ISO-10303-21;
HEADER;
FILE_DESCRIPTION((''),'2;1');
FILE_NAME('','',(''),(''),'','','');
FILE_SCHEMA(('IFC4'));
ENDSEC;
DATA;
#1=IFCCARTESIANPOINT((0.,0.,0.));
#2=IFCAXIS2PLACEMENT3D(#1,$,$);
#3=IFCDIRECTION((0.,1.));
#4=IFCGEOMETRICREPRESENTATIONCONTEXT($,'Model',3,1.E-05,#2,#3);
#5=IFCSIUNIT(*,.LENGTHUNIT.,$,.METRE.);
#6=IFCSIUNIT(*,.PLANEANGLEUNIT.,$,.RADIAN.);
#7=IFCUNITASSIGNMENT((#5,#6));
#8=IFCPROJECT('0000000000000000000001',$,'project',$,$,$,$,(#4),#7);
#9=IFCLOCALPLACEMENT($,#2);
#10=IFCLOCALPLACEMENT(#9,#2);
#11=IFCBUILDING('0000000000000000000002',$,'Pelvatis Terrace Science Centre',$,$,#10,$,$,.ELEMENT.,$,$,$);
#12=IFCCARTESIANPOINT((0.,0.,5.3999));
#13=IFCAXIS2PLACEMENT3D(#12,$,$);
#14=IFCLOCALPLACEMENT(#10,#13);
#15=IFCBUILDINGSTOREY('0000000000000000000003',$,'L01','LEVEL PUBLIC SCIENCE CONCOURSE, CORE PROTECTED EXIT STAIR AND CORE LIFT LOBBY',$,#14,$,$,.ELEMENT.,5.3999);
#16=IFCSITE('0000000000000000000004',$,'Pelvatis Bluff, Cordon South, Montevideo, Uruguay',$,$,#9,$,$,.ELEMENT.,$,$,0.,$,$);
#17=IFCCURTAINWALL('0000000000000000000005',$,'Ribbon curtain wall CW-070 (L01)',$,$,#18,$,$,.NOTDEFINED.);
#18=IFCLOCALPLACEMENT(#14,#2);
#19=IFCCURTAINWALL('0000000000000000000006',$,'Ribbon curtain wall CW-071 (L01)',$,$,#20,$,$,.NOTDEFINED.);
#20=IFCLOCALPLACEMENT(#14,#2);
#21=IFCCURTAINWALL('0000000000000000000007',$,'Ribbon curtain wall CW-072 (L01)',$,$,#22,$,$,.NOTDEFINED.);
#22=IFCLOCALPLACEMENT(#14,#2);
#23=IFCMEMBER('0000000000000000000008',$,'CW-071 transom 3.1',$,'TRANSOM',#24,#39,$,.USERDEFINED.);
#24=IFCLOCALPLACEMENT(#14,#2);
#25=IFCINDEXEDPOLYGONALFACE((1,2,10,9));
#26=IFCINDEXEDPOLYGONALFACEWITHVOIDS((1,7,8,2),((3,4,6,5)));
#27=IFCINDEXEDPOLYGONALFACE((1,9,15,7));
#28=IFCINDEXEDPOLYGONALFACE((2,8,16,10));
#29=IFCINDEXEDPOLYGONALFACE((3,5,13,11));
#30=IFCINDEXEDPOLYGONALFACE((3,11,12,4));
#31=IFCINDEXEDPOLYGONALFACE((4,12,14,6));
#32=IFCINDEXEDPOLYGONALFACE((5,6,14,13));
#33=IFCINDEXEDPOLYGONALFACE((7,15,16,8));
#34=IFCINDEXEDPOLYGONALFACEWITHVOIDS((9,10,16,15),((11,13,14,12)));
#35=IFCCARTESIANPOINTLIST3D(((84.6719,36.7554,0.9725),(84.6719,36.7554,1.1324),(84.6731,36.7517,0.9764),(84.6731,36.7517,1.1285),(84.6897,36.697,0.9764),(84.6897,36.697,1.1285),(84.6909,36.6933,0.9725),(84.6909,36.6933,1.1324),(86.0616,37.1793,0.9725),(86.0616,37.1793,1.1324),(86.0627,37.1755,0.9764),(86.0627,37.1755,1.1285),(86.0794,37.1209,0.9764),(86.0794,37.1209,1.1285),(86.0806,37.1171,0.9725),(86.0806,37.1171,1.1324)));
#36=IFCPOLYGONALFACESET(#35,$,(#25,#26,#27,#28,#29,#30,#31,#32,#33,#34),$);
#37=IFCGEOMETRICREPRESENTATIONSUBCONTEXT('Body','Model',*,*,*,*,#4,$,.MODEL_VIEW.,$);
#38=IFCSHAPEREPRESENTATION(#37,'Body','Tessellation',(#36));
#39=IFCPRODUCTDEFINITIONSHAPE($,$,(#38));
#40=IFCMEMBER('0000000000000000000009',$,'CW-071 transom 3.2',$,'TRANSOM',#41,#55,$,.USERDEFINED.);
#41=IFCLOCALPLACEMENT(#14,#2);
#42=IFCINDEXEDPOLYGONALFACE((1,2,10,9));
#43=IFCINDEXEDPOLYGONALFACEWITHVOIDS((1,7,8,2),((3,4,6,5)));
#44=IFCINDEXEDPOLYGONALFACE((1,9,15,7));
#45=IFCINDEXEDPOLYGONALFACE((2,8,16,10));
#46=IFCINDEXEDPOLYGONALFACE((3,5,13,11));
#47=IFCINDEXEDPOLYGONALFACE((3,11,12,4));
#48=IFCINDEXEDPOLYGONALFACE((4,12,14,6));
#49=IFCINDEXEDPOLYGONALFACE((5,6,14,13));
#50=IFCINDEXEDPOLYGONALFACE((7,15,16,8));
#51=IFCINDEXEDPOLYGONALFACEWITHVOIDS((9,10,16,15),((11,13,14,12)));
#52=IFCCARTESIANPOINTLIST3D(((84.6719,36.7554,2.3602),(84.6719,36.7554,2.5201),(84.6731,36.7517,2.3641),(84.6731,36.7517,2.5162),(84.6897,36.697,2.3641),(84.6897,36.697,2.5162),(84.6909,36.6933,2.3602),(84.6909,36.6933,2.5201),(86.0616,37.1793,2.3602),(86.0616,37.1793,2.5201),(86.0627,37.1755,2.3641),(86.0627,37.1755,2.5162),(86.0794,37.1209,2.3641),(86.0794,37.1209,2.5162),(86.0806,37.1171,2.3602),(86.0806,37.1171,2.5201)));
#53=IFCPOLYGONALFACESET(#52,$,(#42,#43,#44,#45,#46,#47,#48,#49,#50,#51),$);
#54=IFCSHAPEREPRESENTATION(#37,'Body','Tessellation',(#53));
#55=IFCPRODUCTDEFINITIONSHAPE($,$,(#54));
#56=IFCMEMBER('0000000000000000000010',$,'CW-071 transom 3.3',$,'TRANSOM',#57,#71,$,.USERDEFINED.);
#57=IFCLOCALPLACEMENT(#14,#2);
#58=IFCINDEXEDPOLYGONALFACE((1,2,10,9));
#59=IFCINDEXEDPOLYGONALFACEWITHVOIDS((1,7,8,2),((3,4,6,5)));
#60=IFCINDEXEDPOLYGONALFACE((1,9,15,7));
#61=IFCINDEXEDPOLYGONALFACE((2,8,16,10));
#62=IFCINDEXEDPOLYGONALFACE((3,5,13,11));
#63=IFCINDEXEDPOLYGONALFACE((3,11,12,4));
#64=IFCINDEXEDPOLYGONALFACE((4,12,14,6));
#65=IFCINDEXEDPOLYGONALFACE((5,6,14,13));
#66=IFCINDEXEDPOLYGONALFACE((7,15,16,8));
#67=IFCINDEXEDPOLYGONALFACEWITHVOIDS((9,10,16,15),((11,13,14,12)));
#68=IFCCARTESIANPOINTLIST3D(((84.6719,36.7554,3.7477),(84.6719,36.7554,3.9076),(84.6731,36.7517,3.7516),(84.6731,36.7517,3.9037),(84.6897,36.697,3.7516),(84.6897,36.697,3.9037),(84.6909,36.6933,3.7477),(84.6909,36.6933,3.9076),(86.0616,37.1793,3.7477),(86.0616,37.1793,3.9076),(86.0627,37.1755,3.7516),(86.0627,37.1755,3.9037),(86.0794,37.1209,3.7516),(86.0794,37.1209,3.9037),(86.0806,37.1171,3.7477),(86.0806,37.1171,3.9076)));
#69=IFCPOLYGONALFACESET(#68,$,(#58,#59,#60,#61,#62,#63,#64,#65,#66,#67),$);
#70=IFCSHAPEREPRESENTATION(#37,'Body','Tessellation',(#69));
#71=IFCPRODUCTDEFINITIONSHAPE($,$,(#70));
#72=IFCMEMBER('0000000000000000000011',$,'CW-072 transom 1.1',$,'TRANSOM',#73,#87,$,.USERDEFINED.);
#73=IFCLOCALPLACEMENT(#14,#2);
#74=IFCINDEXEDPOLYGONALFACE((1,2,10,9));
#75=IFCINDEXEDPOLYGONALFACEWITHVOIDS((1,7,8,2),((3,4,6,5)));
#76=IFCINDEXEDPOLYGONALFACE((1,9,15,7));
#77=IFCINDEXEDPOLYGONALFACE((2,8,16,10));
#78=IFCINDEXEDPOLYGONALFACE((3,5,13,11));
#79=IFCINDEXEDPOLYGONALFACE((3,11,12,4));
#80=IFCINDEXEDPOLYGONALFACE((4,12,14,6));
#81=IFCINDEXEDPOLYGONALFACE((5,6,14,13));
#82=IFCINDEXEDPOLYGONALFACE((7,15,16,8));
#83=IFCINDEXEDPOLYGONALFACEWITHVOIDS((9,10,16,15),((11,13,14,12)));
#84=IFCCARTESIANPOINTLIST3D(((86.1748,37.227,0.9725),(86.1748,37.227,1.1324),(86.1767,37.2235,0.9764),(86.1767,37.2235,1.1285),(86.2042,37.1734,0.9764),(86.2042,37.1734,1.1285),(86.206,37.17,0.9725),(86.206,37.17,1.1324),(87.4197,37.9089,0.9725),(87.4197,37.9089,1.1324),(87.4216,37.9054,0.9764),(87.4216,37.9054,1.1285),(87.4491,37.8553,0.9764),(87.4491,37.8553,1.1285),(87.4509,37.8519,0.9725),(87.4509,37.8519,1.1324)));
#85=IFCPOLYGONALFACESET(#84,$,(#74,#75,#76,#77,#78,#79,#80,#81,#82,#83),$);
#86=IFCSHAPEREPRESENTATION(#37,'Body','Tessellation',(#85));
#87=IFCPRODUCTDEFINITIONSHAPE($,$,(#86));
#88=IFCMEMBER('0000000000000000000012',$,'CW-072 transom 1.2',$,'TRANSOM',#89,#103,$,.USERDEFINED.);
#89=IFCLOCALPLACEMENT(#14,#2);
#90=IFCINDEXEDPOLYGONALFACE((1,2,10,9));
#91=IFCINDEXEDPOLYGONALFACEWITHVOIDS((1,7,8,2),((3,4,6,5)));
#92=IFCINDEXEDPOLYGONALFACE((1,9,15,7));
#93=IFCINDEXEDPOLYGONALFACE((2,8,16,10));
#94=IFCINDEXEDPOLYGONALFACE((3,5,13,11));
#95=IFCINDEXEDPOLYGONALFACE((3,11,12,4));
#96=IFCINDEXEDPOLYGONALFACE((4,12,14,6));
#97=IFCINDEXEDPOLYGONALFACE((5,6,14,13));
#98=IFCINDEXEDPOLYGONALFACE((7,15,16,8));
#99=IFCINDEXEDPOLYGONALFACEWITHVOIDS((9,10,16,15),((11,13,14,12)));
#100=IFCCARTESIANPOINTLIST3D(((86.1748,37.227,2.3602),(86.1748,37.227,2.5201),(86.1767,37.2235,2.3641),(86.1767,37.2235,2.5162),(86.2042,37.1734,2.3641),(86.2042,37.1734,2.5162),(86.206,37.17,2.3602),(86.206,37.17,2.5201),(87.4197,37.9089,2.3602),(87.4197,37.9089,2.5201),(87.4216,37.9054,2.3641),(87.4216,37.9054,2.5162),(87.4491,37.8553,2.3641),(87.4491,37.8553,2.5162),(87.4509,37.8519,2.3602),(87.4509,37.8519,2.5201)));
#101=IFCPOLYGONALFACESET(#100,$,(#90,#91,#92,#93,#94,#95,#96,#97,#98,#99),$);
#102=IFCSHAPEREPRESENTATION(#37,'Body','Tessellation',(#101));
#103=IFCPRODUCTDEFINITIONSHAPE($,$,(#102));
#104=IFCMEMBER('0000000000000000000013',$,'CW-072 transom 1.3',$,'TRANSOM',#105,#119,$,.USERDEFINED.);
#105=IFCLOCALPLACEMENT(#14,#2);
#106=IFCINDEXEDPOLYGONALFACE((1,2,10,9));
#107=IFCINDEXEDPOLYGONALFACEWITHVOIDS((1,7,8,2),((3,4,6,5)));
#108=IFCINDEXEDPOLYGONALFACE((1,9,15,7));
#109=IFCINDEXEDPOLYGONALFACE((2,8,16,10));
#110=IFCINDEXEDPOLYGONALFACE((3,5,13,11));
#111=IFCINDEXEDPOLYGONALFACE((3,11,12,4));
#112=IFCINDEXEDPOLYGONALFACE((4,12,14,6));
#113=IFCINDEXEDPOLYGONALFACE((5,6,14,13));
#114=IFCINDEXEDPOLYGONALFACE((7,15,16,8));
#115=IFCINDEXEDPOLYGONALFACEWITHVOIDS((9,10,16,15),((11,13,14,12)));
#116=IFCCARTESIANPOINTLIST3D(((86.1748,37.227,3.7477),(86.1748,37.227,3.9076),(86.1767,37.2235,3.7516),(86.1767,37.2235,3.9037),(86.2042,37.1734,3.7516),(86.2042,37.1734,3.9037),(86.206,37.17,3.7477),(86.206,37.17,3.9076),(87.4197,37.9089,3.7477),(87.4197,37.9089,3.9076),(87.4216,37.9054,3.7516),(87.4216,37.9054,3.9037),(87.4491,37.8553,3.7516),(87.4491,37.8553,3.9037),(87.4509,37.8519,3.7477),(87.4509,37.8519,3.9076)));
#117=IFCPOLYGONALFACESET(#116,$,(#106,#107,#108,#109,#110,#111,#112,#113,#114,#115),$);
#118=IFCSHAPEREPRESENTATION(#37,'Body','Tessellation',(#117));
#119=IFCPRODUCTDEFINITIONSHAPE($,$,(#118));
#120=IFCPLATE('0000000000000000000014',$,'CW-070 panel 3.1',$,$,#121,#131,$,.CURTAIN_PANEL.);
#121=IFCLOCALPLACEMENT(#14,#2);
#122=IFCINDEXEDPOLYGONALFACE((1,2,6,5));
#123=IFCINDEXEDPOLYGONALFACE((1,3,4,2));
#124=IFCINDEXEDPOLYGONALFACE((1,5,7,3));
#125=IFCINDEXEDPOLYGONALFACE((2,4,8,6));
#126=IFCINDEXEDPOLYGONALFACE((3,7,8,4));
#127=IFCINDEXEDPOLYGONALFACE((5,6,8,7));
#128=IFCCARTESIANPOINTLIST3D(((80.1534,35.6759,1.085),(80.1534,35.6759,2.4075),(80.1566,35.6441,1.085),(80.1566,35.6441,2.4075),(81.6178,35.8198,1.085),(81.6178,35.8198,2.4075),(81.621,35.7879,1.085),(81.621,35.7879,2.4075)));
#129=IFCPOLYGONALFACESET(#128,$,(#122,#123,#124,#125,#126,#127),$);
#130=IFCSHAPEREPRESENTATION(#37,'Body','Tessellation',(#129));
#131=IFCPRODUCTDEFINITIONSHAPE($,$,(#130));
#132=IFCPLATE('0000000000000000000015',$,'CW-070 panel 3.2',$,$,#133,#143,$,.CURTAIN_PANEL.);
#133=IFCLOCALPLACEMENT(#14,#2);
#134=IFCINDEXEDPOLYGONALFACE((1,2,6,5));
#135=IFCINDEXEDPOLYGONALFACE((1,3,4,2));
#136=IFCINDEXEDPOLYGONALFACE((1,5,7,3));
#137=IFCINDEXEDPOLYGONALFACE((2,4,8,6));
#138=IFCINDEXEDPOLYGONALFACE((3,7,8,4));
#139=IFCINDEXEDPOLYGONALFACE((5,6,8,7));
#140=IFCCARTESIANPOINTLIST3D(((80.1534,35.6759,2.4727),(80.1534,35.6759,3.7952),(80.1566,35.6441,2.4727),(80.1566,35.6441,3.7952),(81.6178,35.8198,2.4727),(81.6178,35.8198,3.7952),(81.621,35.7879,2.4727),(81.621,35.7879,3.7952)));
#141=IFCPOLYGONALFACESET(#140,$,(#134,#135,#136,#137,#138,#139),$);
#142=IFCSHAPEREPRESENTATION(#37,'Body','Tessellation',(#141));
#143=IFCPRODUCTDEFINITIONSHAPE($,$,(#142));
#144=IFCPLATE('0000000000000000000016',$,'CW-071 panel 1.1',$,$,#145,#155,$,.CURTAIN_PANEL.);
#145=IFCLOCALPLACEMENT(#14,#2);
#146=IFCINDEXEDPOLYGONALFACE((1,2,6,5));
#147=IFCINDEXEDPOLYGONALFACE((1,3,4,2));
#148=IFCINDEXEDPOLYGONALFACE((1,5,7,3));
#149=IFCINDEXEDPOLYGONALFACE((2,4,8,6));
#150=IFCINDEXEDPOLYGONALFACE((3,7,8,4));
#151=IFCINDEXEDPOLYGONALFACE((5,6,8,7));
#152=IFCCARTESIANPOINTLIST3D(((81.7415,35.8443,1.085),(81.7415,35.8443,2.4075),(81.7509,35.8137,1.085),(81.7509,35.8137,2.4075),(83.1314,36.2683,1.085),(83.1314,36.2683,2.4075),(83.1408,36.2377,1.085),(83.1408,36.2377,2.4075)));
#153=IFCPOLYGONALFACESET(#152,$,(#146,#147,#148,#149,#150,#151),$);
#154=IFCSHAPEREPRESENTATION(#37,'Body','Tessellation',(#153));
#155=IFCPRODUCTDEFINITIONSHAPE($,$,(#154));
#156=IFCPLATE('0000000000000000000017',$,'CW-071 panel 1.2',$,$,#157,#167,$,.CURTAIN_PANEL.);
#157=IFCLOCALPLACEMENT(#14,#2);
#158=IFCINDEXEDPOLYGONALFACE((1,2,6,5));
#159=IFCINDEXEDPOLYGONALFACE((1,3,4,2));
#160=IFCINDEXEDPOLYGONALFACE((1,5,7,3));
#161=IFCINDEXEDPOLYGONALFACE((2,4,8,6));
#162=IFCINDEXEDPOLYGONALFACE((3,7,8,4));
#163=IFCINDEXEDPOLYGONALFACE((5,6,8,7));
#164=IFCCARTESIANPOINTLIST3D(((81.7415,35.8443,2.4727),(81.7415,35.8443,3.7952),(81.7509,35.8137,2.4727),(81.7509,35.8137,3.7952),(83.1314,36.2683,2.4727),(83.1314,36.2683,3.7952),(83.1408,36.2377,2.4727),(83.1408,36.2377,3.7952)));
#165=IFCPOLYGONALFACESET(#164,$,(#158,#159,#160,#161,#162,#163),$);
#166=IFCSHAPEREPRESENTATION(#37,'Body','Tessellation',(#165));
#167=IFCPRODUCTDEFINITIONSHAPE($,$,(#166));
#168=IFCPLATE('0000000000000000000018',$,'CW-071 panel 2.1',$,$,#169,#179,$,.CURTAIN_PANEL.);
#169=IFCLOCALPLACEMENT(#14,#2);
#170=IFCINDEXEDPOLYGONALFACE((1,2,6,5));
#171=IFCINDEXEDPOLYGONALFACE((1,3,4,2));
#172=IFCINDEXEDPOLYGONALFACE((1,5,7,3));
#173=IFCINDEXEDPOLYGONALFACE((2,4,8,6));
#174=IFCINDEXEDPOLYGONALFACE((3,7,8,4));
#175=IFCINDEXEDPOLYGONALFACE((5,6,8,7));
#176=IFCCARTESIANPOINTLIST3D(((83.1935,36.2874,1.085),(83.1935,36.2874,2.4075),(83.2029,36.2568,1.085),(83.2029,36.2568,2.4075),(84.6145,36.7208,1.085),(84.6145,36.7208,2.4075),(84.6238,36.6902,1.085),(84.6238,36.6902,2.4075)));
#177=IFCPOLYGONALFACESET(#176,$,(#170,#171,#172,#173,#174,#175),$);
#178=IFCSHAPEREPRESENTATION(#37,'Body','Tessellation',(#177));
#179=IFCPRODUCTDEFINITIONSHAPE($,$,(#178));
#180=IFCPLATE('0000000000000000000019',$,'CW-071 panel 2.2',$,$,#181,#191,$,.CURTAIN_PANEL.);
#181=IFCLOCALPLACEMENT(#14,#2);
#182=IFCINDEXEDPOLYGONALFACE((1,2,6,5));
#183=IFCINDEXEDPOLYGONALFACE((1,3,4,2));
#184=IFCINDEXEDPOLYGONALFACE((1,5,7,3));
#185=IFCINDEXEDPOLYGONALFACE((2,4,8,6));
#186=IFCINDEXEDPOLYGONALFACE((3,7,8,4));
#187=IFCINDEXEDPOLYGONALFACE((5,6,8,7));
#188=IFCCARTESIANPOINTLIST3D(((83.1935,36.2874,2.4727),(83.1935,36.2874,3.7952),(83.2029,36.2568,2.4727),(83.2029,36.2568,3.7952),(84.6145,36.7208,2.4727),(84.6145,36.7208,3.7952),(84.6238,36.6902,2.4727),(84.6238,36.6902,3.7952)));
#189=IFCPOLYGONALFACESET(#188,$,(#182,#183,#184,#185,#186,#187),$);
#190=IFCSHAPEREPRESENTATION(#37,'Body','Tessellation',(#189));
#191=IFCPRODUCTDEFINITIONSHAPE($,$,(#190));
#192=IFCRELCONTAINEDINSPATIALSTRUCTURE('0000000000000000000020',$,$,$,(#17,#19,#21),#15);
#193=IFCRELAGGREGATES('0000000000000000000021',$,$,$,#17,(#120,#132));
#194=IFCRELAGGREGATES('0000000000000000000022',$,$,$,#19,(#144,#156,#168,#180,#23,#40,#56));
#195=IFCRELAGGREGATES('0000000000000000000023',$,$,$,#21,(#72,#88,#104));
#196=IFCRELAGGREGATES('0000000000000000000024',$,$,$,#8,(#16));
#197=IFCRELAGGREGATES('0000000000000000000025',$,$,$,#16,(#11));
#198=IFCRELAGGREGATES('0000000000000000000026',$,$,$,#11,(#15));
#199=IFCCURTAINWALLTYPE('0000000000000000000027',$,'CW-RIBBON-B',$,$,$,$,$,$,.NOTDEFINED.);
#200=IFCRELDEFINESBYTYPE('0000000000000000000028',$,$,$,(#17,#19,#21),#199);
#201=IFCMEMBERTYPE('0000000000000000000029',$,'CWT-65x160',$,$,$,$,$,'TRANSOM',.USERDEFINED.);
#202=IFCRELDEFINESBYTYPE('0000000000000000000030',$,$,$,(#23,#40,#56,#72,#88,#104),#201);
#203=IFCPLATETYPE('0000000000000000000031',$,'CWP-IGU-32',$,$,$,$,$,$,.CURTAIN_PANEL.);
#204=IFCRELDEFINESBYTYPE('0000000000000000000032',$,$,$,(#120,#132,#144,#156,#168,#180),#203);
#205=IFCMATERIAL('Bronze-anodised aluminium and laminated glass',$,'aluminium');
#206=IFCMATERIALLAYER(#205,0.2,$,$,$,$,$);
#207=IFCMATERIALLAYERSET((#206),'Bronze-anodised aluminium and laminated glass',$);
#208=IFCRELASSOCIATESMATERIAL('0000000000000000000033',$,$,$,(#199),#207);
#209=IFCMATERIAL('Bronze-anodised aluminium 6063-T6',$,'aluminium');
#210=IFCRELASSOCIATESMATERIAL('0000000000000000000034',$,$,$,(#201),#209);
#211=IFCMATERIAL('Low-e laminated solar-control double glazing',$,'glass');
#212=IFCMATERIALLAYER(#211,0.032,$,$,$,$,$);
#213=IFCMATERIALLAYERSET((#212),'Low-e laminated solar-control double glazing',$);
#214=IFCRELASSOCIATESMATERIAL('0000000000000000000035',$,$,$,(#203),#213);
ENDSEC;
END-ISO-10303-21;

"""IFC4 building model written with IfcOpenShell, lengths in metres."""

from ifc_helpers import new_model, si_unit, direction, frame, origin, origin_2d, place, context, subcontext, project, spatial, rectangle, hollow_rectangle, extrude, material, layer, layer_set, material_profile, profile_set, type_object, element, aggregate, save


model = new_model("IFC4")

# Units and contexts
model_context = context("Model", 3, precision=1e-05, world=origin(), true_north=direction((0.0, 1.0)))
body_context = subcontext(model_context, "Body", "Model", "MODEL_VIEW")
ifc_project = project(units=[si_unit("LENGTHUNIT", "METRE"), si_unit("PLANEANGLEUNIT", "RADIAN")], contexts=[model_context])

# Site, building, storey
site_placement = place(None, origin())
site = spatial("IfcSite", under=ifc_project, at=site_placement, Name="Pelvatis Bluff, Cordon South, Montevideo, Uruguay", CompositionType="ELEMENT", RefElevation=0.0)
building_placement = place(site_placement, origin())
building = spatial("IfcBuilding", under=site, at=building_placement, Name="Pelvatis Terrace Science Centre", CompositionType="ELEMENT")
storey_placement = place(building_placement, frame((0.0, 0.0, 5.3999)))
storey = spatial("IfcBuildingStorey", under=building, at=storey_placement, Name="L01", Description="LEVEL PUBLIC SCIENCE CONCOURSE, CORE PROTECTED EXIT STAIR AND CORE LIFT LOBBY", CompositionType="ELEMENT", Elevation=5.3999)

# Curtain wall
ifc_material_1 = material(Name="Bronze-anodised aluminium and laminated glass", Category="aluminium")
ifc_layer_1 = layer(ifc_material_1, 0.2)
ifc_layer_set_1 = layer_set([ifc_layer_1], Name="Bronze-anodised aluminium and laminated glass")
curtain_wall_type = type_object("IfcCurtainWallType", Name="CW-RIBBON-B", PredefinedType="NOTDEFINED", material=ifc_layer_set_1)
curtain_wall_1_placement = place(storey_placement, origin())
curtain_wall_1 = element("IfcCurtainWall", 1, at=curtain_wall_1_placement, inside=storey, type_object=curtain_wall_type, Name="Ribbon curtain wall CW-070 (L01)", PredefinedType="NOTDEFINED")

# Curtain wall
curtain_wall_2_placement = place(storey_placement, origin())
curtain_wall_2 = element("IfcCurtainWall", 2, at=curtain_wall_2_placement, inside=storey, type_object=curtain_wall_type, Name="Ribbon curtain wall CW-071 (L01)", PredefinedType="NOTDEFINED")

# Curtain wall
curtain_wall_3_placement = place(storey_placement, origin())
curtain_wall_3 = element("IfcCurtainWall", 3, at=curtain_wall_3_placement, inside=storey, type_object=curtain_wall_type, Name="Ribbon curtain wall CW-072 (L01)", PredefinedType="NOTDEFINED")

# Members
ifc_material_2 = material(Name="Bronze-anodised aluminium 6063-T6", Category="aluminium")
ifc_material_profile_1 = material_profile(ifc_material_2, hollow_rectangle(XDim=0.0649, YDim=0.1599, WallThickness=0.0039, at=origin_2d()), Name="ALU-TRN 65x160")
ifc_profile_set_1 = profile_set([ifc_material_profile_1], Name="Bronze-anodised aluminium 6063-T6")
member_type_1 = type_object("IfcMemberType", Name="CWT-65x160", ElementType="TRANSOM", PredefinedType="USERDEFINED", material=ifc_profile_set_1)
member_1_placement = place(storey_placement, frame((84.6814, 36.7244, 1.0525), z_axis=(0.956503, 0.291723, 0.0), x_axis=(-0.291723, 0.956503, 0.0)))
member_1 = element("IfcMember", 4, at=member_1_placement, type_object=member_type_1, Name="CW-071 transom 3.1", ObjectType="TRANSOM", PredefinedType="USERDEFINED", context=body_context, shape_type="SweptSolid", body=[
    extrude(hollow_rectangle(XDim=0.0649, YDim=0.1599, WallThickness=0.0039, at=origin_2d()), origin(), (0.0, 0.0, 1.0), 1.4529),
])
member_2_placement = place(storey_placement, frame((84.6814, 36.7244, 2.4402), z_axis=(0.956503, 0.291723, 0.0), x_axis=(-0.291723, 0.956503, 0.0)))
member_2 = element("IfcMember", 5, at=member_2_placement, type_object=member_type_1, Name="CW-071 transom 3.2", ObjectType="TRANSOM", PredefinedType="USERDEFINED", context=body_context, shape_type="SweptSolid", body=[
    extrude(hollow_rectangle(XDim=0.0649, YDim=0.1599, WallThickness=0.0039, at=origin_2d()), origin(), (0.0, 0.0, 1.0), 1.4529),
])
member_3_placement = place(storey_placement, frame((84.6814, 36.7244, 3.8276), z_axis=(0.956503, 0.291723, 0.0), x_axis=(-0.291723, 0.956503, 0.0)))
member_3 = element("IfcMember", 6, at=member_3_placement, type_object=member_type_1, Name="CW-071 transom 3.3", ObjectType="TRANSOM", PredefinedType="USERDEFINED", context=body_context, shape_type="SweptSolid", body=[
    extrude(hollow_rectangle(XDim=0.0649, YDim=0.1599, WallThickness=0.0039, at=origin_2d()), origin(), (0.0, 0.0, 1.0), 1.4529),
])
member_4_placement = place(storey_placement, frame((86.1904, 37.1985, 1.0525), z_axis=(0.877046, 0.480406, 0.0), x_axis=(-0.480406, 0.877046, 0.0)))
member_4 = element("IfcMember", 7, at=member_4_placement, type_object=member_type_1, Name="CW-072 transom 1.1", ObjectType="TRANSOM", PredefinedType="USERDEFINED", context=body_context, shape_type="SweptSolid", body=[
    extrude(hollow_rectangle(XDim=0.0649, YDim=0.1599, WallThickness=0.0039, at=origin_2d()), origin(), (0.0, 0.0, 1.0), 1.4194),
])
member_5_placement = place(storey_placement, frame((86.1904, 37.1985, 2.4402), z_axis=(0.877046, 0.480406, 0.0), x_axis=(-0.480406, 0.877046, 0.0)))
member_5 = element("IfcMember", 8, at=member_5_placement, type_object=member_type_1, Name="CW-072 transom 1.2", ObjectType="TRANSOM", PredefinedType="USERDEFINED", context=body_context, shape_type="SweptSolid", body=[
    extrude(hollow_rectangle(XDim=0.0649, YDim=0.1599, WallThickness=0.0039, at=origin_2d()), origin(), (0.0, 0.0, 1.0), 1.4194),
])
member_6_placement = place(storey_placement, frame((86.1904, 37.1985, 3.8276), z_axis=(0.877046, 0.480406, 0.0), x_axis=(-0.480406, 0.877046, 0.0)))
member_6 = element("IfcMember", 9, at=member_6_placement, type_object=member_type_1, Name="CW-072 transom 1.3", ObjectType="TRANSOM", PredefinedType="USERDEFINED", context=body_context, shape_type="SweptSolid", body=[
    extrude(hollow_rectangle(XDim=0.0649, YDim=0.1599, WallThickness=0.0039, at=origin_2d()), origin(), (0.0, 0.0, 1.0), 1.4194),
])

# Plates
ifc_material_3 = material(Name="Low-e laminated solar-control double glazing", Category="glass")
ifc_layer_2 = layer(ifc_material_3, 0.032)
ifc_layer_set_2 = layer_set([ifc_layer_2], Name="Low-e laminated solar-control double glazing")
plate_type = type_object("IfcPlateType", Name="CWP-IGU-32", PredefinedType="CURTAIN_PANEL", material=ifc_layer_set_2)
plate_1_placement = place(storey_placement, frame((80.8872, 35.7319, 1.085), z_axis=(0.0, 0.0, 1.0), x_axis=(0.99521, 0.097755, 0.0)))
plate_1 = element("IfcPlate", 10, at=plate_1_placement, type_object=plate_type, Name="CW-070 panel 3.1", PredefinedType="CURTAIN_PANEL", context=body_context, shape_type="SweptSolid", body=[
    extrude(rectangle(XDim=1.4714, YDim=0.032, at=origin_2d()), origin(), (0.0, 0.0, 1.0), 1.3225),
])
plate_2_placement = place(storey_placement, frame((80.8872, 35.7319, 2.4727), z_axis=(0.0, 0.0, 1.0), x_axis=(0.99521, 0.097755, 0.0)))
plate_2 = element("IfcPlate", 11, at=plate_2_placement, type_object=plate_type, Name="CW-070 panel 3.2", PredefinedType="CURTAIN_PANEL", context=body_context, shape_type="SweptSolid", body=[
    extrude(rectangle(XDim=1.4714, YDim=0.032, at=origin_2d()), origin(), (0.0, 0.0, 1.0), 1.3225),
])
aggregate(curtain_wall_1, [plate_1, plate_2])
plate_3_placement = place(storey_placement, frame((82.4412, 36.041, 1.085), z_axis=(0.0, 0.0, 1.0), x_axis=(0.956494, 0.291751, 0.0)))
plate_3 = element("IfcPlate", 12, at=plate_3_placement, type_object=plate_type, Name="CW-071 panel 1.1", PredefinedType="CURTAIN_PANEL", context=body_context, shape_type="SweptSolid", body=[
    extrude(rectangle(XDim=1.4531, YDim=0.032, at=origin_2d()), origin(), (0.0, 0.0, 1.0), 1.3225),
])
plate_4_placement = place(storey_placement, frame((82.4412, 36.041, 2.4727), z_axis=(0.0, 0.0, 1.0), x_axis=(0.956494, 0.291751, 0.0)))
plate_4 = element("IfcPlate", 13, at=plate_4_placement, type_object=plate_type, Name="CW-071 panel 1.2", PredefinedType="CURTAIN_PANEL", context=body_context, shape_type="SweptSolid", body=[
    extrude(rectangle(XDim=1.4531, YDim=0.032, at=origin_2d()), origin(), (0.0, 0.0, 1.0), 1.3225),
])
plate_5_placement = place(storey_placement, frame((83.9087, 36.4888, 1.085), z_axis=(0.0, 0.0, 1.0), x_axis=(0.956494, 0.291751, 0.0)))
plate_5 = element("IfcPlate", 14, at=plate_5_placement, type_object=plate_type, Name="CW-071 panel 2.1", PredefinedType="CURTAIN_PANEL", context=body_context, shape_type="SweptSolid", body=[
    extrude(rectangle(XDim=1.4856, YDim=0.032, at=origin_2d()), origin(), (0.0, 0.0, 1.0), 1.3225),
])
plate_6_placement = place(storey_placement, frame((83.9087, 36.4888, 2.4727), z_axis=(0.0, 0.0, 1.0), x_axis=(0.956494, 0.291751, 0.0)))
plate_6 = element("IfcPlate", 15, at=plate_6_placement, type_object=plate_type, Name="CW-071 panel 2.2", PredefinedType="CURTAIN_PANEL", context=body_context, shape_type="SweptSolid", body=[
    extrude(rectangle(XDim=1.4856, YDim=0.032, at=origin_2d()), origin(), (0.0, 0.0, 1.0), 1.3225),
])
aggregate(curtain_wall_2, [plate_3, plate_4, plate_5, plate_6, member_1, member_2, member_3])
aggregate(curtain_wall_3, [member_4, member_5, member_6])

save(model, "model.ifc")
